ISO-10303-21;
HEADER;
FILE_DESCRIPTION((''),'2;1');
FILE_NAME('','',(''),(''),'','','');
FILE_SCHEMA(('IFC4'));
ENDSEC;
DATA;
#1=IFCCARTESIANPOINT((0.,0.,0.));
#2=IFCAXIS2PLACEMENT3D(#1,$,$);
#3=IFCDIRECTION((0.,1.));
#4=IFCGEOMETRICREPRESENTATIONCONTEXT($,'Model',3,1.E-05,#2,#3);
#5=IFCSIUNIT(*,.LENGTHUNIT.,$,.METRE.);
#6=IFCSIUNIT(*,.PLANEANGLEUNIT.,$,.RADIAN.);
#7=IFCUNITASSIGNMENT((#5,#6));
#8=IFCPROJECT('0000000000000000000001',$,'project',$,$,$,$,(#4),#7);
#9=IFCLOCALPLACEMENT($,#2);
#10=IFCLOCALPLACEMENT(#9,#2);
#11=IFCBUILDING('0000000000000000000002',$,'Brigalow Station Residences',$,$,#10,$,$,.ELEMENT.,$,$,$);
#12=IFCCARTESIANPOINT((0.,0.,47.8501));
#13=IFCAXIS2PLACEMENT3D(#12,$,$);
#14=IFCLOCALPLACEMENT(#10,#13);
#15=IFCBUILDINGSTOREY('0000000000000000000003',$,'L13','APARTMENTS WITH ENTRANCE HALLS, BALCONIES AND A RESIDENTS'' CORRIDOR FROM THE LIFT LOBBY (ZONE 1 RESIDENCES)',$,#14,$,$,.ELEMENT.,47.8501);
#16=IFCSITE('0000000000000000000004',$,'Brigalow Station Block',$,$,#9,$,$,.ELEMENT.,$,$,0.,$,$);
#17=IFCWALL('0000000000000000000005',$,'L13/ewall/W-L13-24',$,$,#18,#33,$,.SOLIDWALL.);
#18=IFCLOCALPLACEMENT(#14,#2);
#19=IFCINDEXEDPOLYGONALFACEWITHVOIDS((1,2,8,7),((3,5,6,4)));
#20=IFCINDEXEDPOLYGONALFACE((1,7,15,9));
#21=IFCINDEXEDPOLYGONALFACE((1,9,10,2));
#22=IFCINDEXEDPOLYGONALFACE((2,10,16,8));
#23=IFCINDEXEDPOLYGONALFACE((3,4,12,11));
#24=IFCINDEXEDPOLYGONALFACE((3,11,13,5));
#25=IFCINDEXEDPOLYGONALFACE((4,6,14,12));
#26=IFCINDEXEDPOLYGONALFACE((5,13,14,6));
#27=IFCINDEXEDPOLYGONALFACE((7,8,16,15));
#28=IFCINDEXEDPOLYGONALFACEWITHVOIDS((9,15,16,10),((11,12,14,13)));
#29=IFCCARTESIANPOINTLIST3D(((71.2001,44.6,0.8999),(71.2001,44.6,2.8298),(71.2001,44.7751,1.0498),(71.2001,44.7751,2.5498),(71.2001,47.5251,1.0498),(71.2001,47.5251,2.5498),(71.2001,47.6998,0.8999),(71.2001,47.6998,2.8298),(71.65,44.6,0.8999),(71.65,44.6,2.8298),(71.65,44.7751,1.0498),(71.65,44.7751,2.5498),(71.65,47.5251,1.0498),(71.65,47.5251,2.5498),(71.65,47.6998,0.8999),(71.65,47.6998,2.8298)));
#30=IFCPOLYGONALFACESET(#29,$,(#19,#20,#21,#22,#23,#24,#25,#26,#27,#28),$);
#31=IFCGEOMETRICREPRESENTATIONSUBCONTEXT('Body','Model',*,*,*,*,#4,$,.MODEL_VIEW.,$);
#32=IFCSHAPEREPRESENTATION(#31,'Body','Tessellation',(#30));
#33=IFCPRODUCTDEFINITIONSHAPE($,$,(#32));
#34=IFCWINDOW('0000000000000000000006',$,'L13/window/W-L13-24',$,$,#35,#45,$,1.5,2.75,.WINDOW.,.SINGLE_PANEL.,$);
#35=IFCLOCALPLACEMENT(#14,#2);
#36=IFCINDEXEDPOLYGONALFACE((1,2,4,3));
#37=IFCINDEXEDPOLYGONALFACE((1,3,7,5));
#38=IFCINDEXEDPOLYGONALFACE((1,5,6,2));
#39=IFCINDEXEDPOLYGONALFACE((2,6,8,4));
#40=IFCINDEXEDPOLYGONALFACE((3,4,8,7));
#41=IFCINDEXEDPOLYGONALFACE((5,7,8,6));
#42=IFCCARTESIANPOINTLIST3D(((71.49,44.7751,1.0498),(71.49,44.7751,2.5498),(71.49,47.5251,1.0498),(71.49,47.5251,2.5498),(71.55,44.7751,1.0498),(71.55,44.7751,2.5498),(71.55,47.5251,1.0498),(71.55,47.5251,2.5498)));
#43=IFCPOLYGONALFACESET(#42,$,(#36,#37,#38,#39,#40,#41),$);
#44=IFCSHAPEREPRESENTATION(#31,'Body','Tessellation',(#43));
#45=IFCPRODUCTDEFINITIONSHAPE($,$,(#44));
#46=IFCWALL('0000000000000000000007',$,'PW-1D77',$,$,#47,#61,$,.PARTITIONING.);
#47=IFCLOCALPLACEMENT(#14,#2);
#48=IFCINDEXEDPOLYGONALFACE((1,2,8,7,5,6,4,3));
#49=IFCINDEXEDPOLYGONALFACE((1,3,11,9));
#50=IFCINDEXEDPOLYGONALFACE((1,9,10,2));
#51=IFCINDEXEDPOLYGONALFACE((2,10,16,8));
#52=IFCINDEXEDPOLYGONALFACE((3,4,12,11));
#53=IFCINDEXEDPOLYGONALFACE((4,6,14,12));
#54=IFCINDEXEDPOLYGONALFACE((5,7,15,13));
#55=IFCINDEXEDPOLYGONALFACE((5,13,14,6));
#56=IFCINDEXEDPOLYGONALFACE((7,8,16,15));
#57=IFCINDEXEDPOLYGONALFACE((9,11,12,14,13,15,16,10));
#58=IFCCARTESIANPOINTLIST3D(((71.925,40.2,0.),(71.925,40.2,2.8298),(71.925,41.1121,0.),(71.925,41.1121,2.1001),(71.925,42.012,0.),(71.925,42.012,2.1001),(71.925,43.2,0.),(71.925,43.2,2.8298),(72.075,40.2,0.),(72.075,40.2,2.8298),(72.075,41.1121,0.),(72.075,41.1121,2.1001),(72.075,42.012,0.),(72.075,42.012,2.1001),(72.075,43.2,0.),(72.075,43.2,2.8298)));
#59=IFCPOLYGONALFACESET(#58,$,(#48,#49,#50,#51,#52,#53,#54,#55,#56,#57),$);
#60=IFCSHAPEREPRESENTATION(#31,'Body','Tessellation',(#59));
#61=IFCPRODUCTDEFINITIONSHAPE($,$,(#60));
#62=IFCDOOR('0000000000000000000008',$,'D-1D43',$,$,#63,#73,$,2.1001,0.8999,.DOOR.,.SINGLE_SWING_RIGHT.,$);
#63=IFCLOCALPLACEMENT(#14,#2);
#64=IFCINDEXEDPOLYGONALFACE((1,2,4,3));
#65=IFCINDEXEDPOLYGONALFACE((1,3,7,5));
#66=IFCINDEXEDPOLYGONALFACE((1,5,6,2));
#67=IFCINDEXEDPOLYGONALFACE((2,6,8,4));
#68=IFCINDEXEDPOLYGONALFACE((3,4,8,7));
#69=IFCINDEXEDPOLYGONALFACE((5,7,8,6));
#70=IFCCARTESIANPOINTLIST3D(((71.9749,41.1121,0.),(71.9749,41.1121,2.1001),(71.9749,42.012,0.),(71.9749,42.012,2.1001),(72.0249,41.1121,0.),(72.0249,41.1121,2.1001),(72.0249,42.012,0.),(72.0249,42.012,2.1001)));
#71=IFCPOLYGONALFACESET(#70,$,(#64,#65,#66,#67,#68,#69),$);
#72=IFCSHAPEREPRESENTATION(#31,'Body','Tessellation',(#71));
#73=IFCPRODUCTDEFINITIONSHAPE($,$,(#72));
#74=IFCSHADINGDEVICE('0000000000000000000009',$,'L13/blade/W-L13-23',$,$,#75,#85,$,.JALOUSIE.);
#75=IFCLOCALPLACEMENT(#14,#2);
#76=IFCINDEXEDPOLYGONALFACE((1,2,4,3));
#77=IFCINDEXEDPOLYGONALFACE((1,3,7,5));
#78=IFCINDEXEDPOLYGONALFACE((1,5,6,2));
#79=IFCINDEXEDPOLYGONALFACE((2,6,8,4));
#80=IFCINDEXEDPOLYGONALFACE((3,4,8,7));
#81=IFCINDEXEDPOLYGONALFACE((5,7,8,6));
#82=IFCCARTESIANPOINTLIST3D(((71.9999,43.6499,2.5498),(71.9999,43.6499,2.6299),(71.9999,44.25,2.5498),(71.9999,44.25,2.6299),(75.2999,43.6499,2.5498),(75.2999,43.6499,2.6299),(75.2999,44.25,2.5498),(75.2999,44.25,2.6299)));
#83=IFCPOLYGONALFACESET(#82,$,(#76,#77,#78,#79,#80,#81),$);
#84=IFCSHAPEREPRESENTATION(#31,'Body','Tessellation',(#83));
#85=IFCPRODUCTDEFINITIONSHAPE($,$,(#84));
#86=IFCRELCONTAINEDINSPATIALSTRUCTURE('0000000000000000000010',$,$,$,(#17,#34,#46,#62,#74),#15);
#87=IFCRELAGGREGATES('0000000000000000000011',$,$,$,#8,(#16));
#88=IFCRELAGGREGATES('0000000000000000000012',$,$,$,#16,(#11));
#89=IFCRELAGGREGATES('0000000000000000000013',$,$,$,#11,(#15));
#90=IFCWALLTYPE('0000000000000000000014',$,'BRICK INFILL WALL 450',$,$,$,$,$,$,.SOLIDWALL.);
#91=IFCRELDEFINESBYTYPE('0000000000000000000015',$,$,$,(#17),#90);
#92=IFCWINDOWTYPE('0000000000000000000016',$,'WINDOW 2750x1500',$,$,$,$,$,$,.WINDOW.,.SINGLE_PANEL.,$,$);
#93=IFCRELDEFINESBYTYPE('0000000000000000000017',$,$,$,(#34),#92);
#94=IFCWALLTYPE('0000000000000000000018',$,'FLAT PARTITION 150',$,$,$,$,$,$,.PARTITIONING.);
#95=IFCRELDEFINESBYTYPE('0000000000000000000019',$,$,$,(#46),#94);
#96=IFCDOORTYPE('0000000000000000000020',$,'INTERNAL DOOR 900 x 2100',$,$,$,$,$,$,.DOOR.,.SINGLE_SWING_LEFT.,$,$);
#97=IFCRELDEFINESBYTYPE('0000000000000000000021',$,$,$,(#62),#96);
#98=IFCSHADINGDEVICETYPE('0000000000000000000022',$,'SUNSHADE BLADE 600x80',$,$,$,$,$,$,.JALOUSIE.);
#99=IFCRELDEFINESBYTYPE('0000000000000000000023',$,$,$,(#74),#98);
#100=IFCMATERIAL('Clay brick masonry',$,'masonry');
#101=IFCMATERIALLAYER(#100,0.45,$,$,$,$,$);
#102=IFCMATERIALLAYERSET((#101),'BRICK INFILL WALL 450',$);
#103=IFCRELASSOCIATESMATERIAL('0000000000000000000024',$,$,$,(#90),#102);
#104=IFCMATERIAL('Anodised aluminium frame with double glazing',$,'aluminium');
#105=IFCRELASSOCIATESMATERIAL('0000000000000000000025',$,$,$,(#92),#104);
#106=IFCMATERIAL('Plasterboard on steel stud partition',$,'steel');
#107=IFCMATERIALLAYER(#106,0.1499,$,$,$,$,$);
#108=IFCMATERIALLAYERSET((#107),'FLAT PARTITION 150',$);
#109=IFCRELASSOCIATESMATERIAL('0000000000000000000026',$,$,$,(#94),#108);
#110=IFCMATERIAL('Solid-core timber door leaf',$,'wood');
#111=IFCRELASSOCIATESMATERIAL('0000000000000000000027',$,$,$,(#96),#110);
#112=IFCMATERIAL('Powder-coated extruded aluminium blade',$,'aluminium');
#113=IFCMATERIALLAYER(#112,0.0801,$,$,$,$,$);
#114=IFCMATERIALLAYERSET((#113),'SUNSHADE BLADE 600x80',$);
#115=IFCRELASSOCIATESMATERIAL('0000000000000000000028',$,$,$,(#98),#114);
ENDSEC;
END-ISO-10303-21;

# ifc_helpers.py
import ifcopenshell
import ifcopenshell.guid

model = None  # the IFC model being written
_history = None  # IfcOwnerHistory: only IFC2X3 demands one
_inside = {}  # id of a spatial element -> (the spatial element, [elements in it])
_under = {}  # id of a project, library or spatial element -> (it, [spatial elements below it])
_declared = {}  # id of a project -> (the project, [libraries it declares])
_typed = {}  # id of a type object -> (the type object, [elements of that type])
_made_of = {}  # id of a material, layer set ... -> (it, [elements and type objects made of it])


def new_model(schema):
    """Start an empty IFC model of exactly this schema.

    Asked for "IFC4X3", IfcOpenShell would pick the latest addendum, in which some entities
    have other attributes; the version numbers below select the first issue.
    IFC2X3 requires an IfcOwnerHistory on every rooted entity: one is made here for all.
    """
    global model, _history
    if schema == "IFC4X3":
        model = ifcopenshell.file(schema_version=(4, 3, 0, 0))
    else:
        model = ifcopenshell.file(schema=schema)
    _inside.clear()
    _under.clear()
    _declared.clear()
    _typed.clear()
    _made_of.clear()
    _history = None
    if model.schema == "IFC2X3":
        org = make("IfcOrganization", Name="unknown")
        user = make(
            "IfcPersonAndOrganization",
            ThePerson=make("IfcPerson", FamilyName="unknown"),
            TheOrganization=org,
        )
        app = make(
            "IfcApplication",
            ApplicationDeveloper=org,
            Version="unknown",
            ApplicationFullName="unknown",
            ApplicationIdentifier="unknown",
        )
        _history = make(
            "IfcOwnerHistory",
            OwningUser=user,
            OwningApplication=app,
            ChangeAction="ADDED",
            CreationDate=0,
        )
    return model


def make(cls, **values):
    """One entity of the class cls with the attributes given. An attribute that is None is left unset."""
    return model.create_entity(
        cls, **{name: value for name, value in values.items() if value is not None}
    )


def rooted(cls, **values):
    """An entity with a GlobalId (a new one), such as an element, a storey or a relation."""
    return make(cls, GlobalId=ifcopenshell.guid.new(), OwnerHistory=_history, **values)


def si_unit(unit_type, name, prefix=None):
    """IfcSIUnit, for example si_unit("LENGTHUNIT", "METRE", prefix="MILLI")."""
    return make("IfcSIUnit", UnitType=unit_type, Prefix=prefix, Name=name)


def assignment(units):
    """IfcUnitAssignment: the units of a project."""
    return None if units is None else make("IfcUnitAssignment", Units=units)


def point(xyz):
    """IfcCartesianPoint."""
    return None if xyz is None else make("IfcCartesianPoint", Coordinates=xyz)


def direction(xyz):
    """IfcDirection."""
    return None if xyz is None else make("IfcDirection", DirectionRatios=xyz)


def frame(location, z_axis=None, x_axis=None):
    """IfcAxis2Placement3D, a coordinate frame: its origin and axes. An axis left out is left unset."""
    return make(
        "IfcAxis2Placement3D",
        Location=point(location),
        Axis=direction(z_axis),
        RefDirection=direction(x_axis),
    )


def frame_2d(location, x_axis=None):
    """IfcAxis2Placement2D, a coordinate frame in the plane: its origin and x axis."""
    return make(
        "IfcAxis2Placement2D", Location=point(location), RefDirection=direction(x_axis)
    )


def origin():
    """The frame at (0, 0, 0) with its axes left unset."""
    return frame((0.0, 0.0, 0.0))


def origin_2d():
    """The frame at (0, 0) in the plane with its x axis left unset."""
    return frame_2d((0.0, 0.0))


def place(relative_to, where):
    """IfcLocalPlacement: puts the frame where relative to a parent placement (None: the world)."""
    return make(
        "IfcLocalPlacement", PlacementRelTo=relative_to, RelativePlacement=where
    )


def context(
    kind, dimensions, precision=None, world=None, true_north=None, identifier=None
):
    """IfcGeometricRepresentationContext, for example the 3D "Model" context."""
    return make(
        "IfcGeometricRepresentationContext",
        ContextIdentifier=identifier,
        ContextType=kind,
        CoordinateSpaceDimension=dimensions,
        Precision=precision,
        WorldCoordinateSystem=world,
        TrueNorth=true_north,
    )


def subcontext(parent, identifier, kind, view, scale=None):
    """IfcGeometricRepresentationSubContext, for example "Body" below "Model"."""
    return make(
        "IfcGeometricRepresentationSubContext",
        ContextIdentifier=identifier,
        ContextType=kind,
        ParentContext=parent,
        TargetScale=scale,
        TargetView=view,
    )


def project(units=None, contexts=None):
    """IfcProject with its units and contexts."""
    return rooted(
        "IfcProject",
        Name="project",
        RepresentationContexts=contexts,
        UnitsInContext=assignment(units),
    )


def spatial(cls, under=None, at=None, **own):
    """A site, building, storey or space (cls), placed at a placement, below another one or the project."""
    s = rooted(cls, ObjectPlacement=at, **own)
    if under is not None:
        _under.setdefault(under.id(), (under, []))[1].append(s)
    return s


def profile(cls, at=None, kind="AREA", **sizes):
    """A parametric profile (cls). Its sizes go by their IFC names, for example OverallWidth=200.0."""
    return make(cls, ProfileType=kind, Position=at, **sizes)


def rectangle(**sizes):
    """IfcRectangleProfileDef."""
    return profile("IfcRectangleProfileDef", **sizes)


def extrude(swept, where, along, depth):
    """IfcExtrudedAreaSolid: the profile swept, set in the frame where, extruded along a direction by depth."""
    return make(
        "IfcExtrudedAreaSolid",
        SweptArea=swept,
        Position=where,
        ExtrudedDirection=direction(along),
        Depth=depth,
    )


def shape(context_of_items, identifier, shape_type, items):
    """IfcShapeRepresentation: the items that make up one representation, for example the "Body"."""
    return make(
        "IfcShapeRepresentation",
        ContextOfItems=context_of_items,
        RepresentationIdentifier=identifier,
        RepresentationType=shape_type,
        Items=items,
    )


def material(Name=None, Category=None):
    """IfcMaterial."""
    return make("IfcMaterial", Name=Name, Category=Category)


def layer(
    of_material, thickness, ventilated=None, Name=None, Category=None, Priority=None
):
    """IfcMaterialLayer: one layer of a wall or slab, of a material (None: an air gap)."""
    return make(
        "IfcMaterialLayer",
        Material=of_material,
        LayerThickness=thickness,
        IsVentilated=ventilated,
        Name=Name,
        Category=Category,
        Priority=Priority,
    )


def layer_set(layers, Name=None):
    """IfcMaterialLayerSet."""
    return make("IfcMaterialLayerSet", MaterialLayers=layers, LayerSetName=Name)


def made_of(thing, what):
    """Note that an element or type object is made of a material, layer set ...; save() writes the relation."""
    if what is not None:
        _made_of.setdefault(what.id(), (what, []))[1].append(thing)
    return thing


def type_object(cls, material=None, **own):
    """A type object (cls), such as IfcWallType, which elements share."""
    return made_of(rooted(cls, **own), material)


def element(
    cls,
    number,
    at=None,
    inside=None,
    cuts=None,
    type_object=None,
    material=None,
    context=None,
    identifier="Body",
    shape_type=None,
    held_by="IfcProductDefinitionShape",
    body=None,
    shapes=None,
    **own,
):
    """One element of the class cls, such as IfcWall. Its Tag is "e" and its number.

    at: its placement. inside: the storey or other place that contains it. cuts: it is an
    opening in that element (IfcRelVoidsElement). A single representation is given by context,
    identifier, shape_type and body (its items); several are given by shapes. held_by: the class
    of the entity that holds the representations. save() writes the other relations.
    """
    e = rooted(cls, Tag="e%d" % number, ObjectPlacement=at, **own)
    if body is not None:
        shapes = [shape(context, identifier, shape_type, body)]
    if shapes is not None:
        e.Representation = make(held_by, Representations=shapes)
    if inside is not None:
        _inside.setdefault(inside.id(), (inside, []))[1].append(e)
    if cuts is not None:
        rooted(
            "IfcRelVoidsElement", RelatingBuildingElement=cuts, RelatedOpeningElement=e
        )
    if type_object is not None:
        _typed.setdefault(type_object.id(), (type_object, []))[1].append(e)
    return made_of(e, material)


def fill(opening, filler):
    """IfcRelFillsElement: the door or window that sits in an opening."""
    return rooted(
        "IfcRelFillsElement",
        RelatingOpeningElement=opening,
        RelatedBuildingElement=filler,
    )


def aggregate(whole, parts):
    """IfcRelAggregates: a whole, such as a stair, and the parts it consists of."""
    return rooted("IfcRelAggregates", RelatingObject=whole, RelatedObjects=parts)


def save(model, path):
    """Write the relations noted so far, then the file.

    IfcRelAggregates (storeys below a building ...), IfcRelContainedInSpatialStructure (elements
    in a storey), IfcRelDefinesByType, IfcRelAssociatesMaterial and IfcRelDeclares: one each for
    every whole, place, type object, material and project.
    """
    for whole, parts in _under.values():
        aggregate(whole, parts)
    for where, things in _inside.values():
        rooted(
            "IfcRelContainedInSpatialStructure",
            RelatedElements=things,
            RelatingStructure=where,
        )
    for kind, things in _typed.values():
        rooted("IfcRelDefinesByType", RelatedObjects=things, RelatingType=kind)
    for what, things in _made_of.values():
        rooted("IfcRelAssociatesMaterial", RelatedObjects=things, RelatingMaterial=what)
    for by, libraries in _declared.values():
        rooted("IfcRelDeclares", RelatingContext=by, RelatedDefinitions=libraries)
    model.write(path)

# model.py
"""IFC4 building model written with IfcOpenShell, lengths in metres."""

from ifc_helpers import new_model, si_unit, direction, frame, frame_2d, origin, origin_2d, place, context, subcontext, project, spatial, rectangle, extrude, material, layer, layer_set, type_object, element, fill, save


model = new_model("IFC4")

# Units and contexts
model_context = context("Model", 3, precision=1e-05, world=origin(), true_north=direction((0.0, 1.0)))
body_context = subcontext(model_context, "Body", "Model", "MODEL_VIEW")
ifc_project = project(units=[si_unit("LENGTHUNIT", "METRE"), si_unit("PLANEANGLEUNIT", "RADIAN")], contexts=[model_context])

# Site, building, storey
site_placement = place(None, origin())
site = spatial("IfcSite", under=ifc_project, at=site_placement, Name="Brigalow Station Block", CompositionType="ELEMENT", RefElevation=0.0)
building_placement = place(site_placement, origin())
building = spatial("IfcBuilding", under=site, at=building_placement, Name="Brigalow Station Residences", CompositionType="ELEMENT")
storey_placement = place(building_placement, frame((0.0, 0.0, 47.8501)))
storey = spatial("IfcBuildingStorey", under=building, at=storey_placement, Name="L13", Description="APARTMENTS WITH ENTRANCE HALLS, BALCONIES AND A RESIDENTS' CORRIDOR FROM THE LIFT LOBBY (ZONE 1 RESIDENCES)", CompositionType="ELEMENT", Elevation=47.8501)

# Wall, opening, window
ifc_material_1 = material(Name="Clay brick masonry", Category="masonry")
ifc_layer_1 = layer(ifc_material_1, 0.45)
ifc_layer_set_1 = layer_set([ifc_layer_1], Name="BRICK INFILL WALL 450")
wall_type_1 = type_object("IfcWallType", Name="BRICK INFILL WALL 450", PredefinedType="SOLIDWALL", material=ifc_layer_set_1)
wall_1_placement = place(storey_placement, frame((71.425, 44.6001, 0.8999), z_axis=(0.0, 0.0, 1.0), x_axis=(0.0, 1.0, 0.0)))
wall_1 = element("IfcWall", 1, at=wall_1_placement, inside=storey, type_object=wall_type_1, Name="L13/ewall/W-L13-24", PredefinedType="SOLIDWALL", context=body_context, shape_type="SweptSolid", body=[
    extrude(rectangle(XDim=3.0999, YDim=0.45, at=frame_2d((1.5498, 0.0))), origin(), (0.0, 0.0, 1.0), 1.9299),
])
opening_1_placement = place(wall_1_placement, frame((0.175, 0.0, 0.1499)))
opening_1 = element("IfcOpeningElement", 2, at=opening_1_placement, cuts=wall_1, PredefinedType="OPENING", context=body_context, shape_type="SweptSolid", body=[
    extrude(rectangle(XDim=2.75, YDim=1.5, at=frame_2d((1.375, 0.75))), frame((0.0, 0.2349, 0.0), z_axis=(0.0, -1.0, 0.0), x_axis=(1.0, 0.0, 0.0)), (0.0, 0.0, 1.0), 0.47),
])
ifc_material_2 = material(Name="Anodised aluminium frame with double glazing", Category="aluminium")
window_type_1 = type_object("IfcWindowType", Name="WINDOW 2750x1500", PartitioningType="SINGLE_PANEL", PredefinedType="WINDOW", material=ifc_material_2)
window_1_placement = place(opening_1_placement, origin())
window_1 = element("IfcWindow", 3, at=window_1_placement, inside=storey, type_object=window_type_1, Name="L13/window/W-L13-24", OverallHeight=1.5, OverallWidth=2.75, PartitioningType="SINGLE_PANEL", PredefinedType="WINDOW", context=body_context, shape_type="SweptSolid", body=[
    extrude(rectangle(XDim=2.75, YDim=1.5, at=frame_2d((1.375, 0.75))), frame((0.0, -0.0649, 0.0), z_axis=(0.0, -1.0, 0.0), x_axis=(1.0, 0.0, 0.0)), (0.0, 0.0, 1.0), 0.0601),
])
fill(opening_1, window_1)

# Wall, opening, door
ifc_material_3 = material(Name="Plasterboard on steel stud partition", Category="steel")
ifc_layer_2 = layer(ifc_material_3, 0.1499)
ifc_layer_set_2 = layer_set([ifc_layer_2], Name="FLAT PARTITION 150")
wall_type_2 = type_object("IfcWallType", Name="FLAT PARTITION 150", PredefinedType="PARTITIONING", material=ifc_layer_set_2)
wall_2_placement = place(storey_placement, frame((72.0, 40.2, 0.0), z_axis=(0.0, 0.0, 1.0), x_axis=(0.0, 1.0, 0.0)))
wall_2 = element("IfcWall", 4, at=wall_2_placement, inside=storey, type_object=wall_type_2, Name="PW-1D77", PredefinedType="PARTITIONING", context=body_context, shape_type="SweptSolid", body=[
    extrude(rectangle(XDim=3.0, YDim=0.1499, at=frame_2d((1.5, 0.0))), origin(), (0.0, 0.0, 1.0), 2.8298),
])
opening_2_placement = place(wall_2_placement, frame((0.9121, 0.0, 0.0)))
opening_2 = element("IfcOpeningElement", 5, at=opening_2_placement, cuts=wall_2, PredefinedType="OPENING", context=body_context, shape_type="SweptSolid", body=[
    extrude(rectangle(XDim=0.8999, YDim=2.1001, at=frame_2d((0.45, 1.05))), frame((0.0, 0.085, 0.0), z_axis=(0.0, -1.0, 0.0), x_axis=(1.0, 0.0, 0.0)), (0.0, 0.0, 1.0), 0.1699),
])
ifc_material_4 = material(Name="Solid-core timber door leaf", Category="wood")
door_type = type_object("IfcDoorType", Name="INTERNAL DOOR 900 x 2100", OperationType="SINGLE_SWING_LEFT", PredefinedType="DOOR", material=ifc_material_4)
door_placement = place(opening_2_placement, frame((0.8999, 0.0, 0.0), z_axis=(0.0, 0.0, 1.0), x_axis=(-1.0, 0.0, 0.0)))
door = element("IfcDoor", 6, at=door_placement, inside=storey, type_object=door_type, Name="D-1D43", OperationType="SINGLE_SWING_RIGHT", OverallHeight=2.1001, OverallWidth=0.8999, PredefinedType="DOOR", context=body_context, shape_type="SweptSolid", body=[
    extrude(rectangle(XDim=0.8999, YDim=2.1001, at=frame_2d((0.45, 1.05))), frame((0.0, 0.0249, 0.0), z_axis=(0.0, -1.0, 0.0), x_axis=(1.0, 0.0, 0.0)), (0.0, 0.0, 1.0), 0.05),
])
fill(opening_2, door)

# Shading device
ifc_material_5 = material(Name="Powder-coated extruded aluminium blade", Category="aluminium")
ifc_layer_3 = layer(ifc_material_5, 0.0801)
ifc_layer_set_3 = layer_set([ifc_layer_3], Name="SUNSHADE BLADE 600x80")
shading_device_type = type_object("IfcShadingDeviceType", Name="SUNSHADE BLADE 600x80", PredefinedType="JALOUSIE", material=ifc_layer_set_3)
shading_device_placement = place(storey_placement, frame((73.6499, 43.95, 2.5498), z_axis=(0.0, 0.0, 1.0), x_axis=(-1.0, 0.0, 0.0)))
element("IfcShadingDevice", 7, at=shading_device_placement, inside=storey, type_object=shading_device_type, Name="L13/blade/W-L13-23", PredefinedType="JALOUSIE", context=body_context, shape_type="SweptSolid", body=[
    extrude(rectangle(XDim=3.3, YDim=0.6001, at=origin_2d()), origin(), (0.0, 0.0, 1.0), 0.0801),
])

save(model, "model.ifc")
